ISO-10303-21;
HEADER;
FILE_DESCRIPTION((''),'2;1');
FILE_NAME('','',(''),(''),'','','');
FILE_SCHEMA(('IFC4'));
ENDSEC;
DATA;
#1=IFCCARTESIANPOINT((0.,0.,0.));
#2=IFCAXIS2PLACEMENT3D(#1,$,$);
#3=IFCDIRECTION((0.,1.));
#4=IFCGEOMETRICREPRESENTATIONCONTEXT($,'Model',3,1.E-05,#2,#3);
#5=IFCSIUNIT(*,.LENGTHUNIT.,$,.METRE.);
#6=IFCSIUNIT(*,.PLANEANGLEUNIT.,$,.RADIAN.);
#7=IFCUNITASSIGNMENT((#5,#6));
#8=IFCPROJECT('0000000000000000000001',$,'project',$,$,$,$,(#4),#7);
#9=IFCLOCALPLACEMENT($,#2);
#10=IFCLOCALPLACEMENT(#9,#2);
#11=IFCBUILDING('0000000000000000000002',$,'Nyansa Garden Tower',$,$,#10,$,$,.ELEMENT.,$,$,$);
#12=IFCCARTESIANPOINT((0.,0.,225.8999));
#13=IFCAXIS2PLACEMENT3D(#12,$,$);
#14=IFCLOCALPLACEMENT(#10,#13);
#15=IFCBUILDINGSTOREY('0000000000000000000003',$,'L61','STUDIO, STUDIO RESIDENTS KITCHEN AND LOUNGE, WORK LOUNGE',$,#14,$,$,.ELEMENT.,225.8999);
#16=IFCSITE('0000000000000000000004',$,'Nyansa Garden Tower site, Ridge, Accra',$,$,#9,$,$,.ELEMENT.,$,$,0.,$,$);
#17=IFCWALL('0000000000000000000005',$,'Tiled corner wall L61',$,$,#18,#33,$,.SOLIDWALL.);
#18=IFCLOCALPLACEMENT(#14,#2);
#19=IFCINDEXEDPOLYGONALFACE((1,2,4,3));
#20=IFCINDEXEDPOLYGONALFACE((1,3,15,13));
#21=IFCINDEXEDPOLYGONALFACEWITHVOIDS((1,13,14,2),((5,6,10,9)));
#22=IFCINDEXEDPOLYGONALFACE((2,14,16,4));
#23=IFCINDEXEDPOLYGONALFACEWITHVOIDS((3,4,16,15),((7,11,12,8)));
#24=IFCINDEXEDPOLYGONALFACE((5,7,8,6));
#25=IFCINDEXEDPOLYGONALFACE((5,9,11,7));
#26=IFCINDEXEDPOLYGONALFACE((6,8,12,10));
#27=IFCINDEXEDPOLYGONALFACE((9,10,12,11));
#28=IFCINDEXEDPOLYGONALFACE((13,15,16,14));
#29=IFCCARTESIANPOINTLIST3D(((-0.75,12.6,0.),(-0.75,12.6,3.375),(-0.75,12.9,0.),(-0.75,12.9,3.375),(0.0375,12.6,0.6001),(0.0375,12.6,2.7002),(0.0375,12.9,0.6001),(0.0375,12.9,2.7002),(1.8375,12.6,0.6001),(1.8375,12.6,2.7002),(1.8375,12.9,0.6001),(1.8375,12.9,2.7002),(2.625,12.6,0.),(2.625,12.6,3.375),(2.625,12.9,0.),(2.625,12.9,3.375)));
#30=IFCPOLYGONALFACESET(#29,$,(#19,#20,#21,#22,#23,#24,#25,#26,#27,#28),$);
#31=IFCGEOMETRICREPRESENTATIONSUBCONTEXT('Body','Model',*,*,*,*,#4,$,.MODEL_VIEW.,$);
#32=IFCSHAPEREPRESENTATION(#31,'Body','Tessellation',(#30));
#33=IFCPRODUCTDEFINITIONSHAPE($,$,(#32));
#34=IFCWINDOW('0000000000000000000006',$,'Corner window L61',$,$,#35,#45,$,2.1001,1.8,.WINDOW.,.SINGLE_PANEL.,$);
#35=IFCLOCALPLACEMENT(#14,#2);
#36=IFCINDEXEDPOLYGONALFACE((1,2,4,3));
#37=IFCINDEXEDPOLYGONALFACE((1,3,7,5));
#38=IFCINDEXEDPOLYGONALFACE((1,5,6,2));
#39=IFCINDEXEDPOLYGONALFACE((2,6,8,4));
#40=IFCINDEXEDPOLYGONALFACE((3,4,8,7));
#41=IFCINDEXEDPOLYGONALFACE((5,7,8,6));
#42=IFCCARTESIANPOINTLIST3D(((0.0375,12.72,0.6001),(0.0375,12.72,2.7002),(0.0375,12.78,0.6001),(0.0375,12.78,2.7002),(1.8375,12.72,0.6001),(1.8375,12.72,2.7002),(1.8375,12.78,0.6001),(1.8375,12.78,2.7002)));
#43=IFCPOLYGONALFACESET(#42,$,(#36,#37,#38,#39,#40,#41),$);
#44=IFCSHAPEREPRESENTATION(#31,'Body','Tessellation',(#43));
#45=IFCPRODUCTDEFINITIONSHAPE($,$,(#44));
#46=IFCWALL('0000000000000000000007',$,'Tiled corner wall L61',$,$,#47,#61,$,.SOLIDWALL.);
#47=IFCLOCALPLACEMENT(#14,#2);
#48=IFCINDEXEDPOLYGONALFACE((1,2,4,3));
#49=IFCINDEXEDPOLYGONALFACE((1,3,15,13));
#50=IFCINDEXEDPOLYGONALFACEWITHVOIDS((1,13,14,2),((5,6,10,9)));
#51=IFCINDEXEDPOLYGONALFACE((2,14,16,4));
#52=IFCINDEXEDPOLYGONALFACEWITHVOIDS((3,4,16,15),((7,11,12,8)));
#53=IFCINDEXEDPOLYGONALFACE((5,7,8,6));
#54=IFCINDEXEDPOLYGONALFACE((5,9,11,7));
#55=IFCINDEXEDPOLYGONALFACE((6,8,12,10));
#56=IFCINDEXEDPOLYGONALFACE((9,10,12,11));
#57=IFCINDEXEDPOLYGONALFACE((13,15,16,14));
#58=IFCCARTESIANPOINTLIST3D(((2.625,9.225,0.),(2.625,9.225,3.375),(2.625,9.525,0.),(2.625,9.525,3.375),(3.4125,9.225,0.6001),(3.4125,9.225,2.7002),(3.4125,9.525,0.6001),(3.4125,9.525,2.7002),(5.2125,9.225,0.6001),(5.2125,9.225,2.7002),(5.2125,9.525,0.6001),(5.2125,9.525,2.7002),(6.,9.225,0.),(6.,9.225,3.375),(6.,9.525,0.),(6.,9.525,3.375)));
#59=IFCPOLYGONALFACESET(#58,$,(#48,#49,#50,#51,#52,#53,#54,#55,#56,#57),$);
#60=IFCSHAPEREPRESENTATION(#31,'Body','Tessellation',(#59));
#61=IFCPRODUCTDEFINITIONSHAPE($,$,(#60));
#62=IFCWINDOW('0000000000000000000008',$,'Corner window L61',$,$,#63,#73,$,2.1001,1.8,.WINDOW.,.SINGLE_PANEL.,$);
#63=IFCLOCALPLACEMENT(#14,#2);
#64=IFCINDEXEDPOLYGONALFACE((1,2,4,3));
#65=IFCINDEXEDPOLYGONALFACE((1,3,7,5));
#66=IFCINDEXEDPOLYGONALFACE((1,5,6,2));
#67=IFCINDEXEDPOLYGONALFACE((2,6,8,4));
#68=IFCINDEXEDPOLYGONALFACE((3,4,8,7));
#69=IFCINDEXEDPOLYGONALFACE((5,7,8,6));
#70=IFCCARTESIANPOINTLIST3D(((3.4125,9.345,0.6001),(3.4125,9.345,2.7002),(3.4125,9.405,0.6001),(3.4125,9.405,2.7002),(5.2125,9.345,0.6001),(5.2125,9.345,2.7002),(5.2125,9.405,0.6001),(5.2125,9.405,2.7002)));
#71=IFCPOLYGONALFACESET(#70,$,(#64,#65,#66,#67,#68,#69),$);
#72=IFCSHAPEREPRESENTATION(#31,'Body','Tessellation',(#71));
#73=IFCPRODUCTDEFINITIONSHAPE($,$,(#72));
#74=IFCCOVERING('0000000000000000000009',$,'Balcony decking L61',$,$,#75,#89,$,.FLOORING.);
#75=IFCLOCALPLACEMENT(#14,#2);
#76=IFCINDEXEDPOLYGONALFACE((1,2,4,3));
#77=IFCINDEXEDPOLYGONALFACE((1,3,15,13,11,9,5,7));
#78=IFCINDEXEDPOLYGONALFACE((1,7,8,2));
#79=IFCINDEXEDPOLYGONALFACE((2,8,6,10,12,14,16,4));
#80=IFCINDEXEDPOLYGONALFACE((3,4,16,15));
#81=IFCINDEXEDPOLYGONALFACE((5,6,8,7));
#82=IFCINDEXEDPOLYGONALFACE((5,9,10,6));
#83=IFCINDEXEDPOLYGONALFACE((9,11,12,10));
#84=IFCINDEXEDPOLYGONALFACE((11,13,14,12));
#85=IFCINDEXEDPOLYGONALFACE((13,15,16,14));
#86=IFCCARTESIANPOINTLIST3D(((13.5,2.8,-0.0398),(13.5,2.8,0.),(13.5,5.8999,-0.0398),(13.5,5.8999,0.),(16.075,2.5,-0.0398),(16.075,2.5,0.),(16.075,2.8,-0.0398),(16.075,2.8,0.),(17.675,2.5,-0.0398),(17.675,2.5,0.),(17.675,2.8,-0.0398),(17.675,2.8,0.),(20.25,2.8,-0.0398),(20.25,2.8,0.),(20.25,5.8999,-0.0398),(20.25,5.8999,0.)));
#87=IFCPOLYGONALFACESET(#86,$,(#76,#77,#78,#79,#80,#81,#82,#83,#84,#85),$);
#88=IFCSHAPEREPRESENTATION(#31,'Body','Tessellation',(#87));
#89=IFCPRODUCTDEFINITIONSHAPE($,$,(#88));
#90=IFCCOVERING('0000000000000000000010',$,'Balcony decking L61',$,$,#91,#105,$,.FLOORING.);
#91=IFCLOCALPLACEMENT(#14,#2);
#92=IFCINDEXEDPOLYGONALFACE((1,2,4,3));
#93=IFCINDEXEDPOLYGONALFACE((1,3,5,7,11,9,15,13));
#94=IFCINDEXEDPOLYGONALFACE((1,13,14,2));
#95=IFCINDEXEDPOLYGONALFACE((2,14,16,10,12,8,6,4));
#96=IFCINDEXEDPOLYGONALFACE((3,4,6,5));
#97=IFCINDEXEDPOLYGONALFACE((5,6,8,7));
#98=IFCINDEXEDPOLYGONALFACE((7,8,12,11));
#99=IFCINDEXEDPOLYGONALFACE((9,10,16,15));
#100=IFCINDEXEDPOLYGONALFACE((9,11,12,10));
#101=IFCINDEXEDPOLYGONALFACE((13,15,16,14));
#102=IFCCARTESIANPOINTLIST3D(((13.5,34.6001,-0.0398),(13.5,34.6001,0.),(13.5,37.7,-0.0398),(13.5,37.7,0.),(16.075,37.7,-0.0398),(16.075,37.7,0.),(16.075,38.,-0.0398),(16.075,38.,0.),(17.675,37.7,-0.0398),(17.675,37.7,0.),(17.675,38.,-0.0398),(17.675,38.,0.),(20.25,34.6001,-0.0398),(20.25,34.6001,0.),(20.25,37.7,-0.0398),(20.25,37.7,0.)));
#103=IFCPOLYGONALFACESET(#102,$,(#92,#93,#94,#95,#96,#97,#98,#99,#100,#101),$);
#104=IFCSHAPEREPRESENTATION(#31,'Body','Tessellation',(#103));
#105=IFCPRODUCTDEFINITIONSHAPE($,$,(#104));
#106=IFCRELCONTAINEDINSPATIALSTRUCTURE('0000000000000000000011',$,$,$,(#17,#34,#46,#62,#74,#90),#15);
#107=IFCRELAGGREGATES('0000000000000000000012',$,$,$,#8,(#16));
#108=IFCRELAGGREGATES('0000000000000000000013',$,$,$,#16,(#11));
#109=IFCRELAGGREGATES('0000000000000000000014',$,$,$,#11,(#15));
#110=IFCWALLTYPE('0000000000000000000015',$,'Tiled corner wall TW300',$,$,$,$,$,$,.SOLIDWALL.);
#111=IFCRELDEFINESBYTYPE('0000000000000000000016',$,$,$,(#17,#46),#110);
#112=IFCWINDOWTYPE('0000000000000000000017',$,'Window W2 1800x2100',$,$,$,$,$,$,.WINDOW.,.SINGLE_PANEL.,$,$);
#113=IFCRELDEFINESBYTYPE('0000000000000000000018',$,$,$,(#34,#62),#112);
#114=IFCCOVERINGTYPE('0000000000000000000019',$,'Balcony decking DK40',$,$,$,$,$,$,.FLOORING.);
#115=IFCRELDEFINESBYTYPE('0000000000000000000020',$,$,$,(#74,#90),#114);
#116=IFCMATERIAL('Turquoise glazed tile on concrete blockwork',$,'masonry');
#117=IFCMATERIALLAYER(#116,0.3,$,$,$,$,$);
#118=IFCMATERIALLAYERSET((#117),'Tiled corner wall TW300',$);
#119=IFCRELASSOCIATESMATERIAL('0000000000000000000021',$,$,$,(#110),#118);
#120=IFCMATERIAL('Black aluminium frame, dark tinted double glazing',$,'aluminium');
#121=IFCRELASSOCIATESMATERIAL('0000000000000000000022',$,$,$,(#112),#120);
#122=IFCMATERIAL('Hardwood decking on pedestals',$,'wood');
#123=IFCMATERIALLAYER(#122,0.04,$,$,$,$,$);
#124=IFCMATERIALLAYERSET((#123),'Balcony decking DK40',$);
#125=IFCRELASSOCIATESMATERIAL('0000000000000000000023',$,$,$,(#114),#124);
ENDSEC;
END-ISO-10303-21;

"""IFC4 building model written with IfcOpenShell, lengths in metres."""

from ifc_helpers import new_model, si_unit, direction, frame, frame_2d, origin, place, context, subcontext, project, spatial, polyline, rectangle, outline, extrude, material, layer, layer_set, type_object, element, fill, save


model = new_model("IFC4")

# Units and contexts
model_context = context("Model", 3, precision=1e-05, world=origin(), true_north=direction((0.0, 1.0)))
body_context = subcontext(model_context, "Body", "Model", "MODEL_VIEW")
ifc_project = project(units=[si_unit("LENGTHUNIT", "METRE"), si_unit("PLANEANGLEUNIT", "RADIAN")], contexts=[model_context])

# Site, building, storey
site_placement = place(None, origin())
site = spatial("IfcSite", under=ifc_project, at=site_placement, Name="Nyansa Garden Tower site, Ridge, Accra", CompositionType="ELEMENT", RefElevation=0.0)
building_placement = place(site_placement, origin())
building = spatial("IfcBuilding", under=site, at=building_placement, Name="Nyansa Garden Tower", CompositionType="ELEMENT")
storey_placement = place(building_placement, frame((0.0, 0.0, 225.8999)))
storey = spatial("IfcBuildingStorey", under=building, at=storey_placement, Name="L61", Description="STUDIO, STUDIO RESIDENTS KITCHEN AND LOUNGE, WORK LOUNGE", CompositionType="ELEMENT", Elevation=225.8999)

# Walls, openings, windows
ifc_material_1 = material(Name="Turquoise glazed tile on concrete blockwork", Category="masonry")
ifc_layer_1 = layer(ifc_material_1, 0.3)
ifc_layer_set_1 = layer_set([ifc_layer_1], Name="Tiled corner wall TW300")
wall_type_1 = type_object("IfcWallType", Name="Tiled corner wall TW300", PredefinedType="SOLIDWALL", material=ifc_layer_set_1)
wall_1_placement = place(storey_placement, frame((-0.75, 12.75, 0.0), z_axis=(0.0, 0.0, 1.0), x_axis=(1.0, 0.0, 0.0)))
wall_1 = element("IfcWall", 1, at=wall_1_placement, inside=storey, type_object=wall_type_1, Name="Tiled corner wall L61", PredefinedType="SOLIDWALL", context=body_context, shape_type="SweptSolid", body=[
    extrude(rectangle(XDim=3.375, YDim=0.3, at=frame_2d((1.6875, 0.0))), origin(), (0.0, 0.0, 1.0), 3.375),
])
opening_1_placement = place(wall_1_placement, frame((0.7876, 0.0, 0.6001)))
opening_1 = element("IfcOpeningElement", 2, at=opening_1_placement, cuts=wall_1, PredefinedType="OPENING", context=body_context, shape_type="SweptSolid", body=[
    extrude(rectangle(XDim=1.8, YDim=2.1001, at=frame_2d((0.8999, 1.05))), frame((0.0, 0.1599, 0.0), z_axis=(0.0, -1.0, 0.0), x_axis=(1.0, 0.0, 0.0)), (0.0, 0.0, 1.0), 0.3201),
])
ifc_material_2 = material(Name="Black aluminium frame, dark tinted double glazing", Category="aluminium")
window_type = type_object("IfcWindowType", Name="Window W2 1800x2100", PartitioningType="SINGLE_PANEL", PredefinedType="WINDOW", material=ifc_material_2)
window_1_placement = place(opening_1_placement, origin())
window_1 = element("IfcWindow", 3, at=window_1_placement, inside=storey, type_object=window_type, Name="Corner window L61", OverallHeight=2.1001, OverallWidth=1.8, PartitioningType="SINGLE_PANEL", PredefinedType="WINDOW", context=body_context, shape_type="SweptSolid", body=[
    extrude(rectangle(XDim=1.8, YDim=2.1001, at=frame_2d((0.8999, 1.05))), frame((0.0, 0.03, 0.0), z_axis=(0.0, -1.0, 0.0), x_axis=(1.0, 0.0, 0.0)), (0.0, 0.0, 1.0), 0.0601),
])
fill(opening_1, window_1)
wall_2_placement = place(storey_placement, frame((2.625, 9.375, 0.0), z_axis=(0.0, 0.0, 1.0), x_axis=(1.0, 0.0, 0.0)))
wall_2 = element("IfcWall", 4, at=wall_2_placement, inside=storey, type_object=wall_type_1, Name="Tiled corner wall L61", PredefinedType="SOLIDWALL", context=body_context, shape_type="SweptSolid", body=[
    extrude(rectangle(XDim=3.375, YDim=0.3, at=frame_2d((1.6875, 0.0))), origin(), (0.0, 0.0, 1.0), 3.375),
])
opening_2_placement = place(wall_2_placement, frame((0.7876, 0.0, 0.6001)))
opening_2 = element("IfcOpeningElement", 5, at=opening_2_placement, cuts=wall_2, PredefinedType="OPENING", context=body_context, shape_type="SweptSolid", body=[
    extrude(rectangle(XDim=1.8, YDim=2.1001, at=frame_2d((0.8999, 1.05))), frame((0.0, 0.1599, 0.0), z_axis=(0.0, -1.0, 0.0), x_axis=(1.0, 0.0, 0.0)), (0.0, 0.0, 1.0), 0.3201),
])
window_2_placement = place(opening_2_placement, origin())
window_2 = element("IfcWindow", 6, at=window_2_placement, inside=storey, type_object=window_type, Name="Corner window L61", OverallHeight=2.1001, OverallWidth=1.8, PartitioningType="SINGLE_PANEL", PredefinedType="WINDOW", context=body_context, shape_type="SweptSolid", body=[
    extrude(rectangle(XDim=1.8, YDim=2.1001, at=frame_2d((0.8999, 1.05))), frame((0.0, 0.03, 0.0), z_axis=(0.0, -1.0, 0.0), x_axis=(1.0, 0.0, 0.0)), (0.0, 0.0, 1.0), 0.0601),
])
fill(opening_2, window_2)

# Coverings
ifc_material_3 = material(Name="Hardwood decking on pedestals", Category="wood")
ifc_layer_2 = layer(ifc_material_3, 0.04)
ifc_layer_set_2 = layer_set([ifc_layer_2], Name="Balcony decking DK40")
covering_type = type_object("IfcCoveringType", Name="Balcony decking DK40", PredefinedType="FLOORING", material=ifc_layer_set_2)
covering_1_placement = place(storey_placement, frame((0.0, 0.0, -0.0398)))
element("IfcCovering", 7, at=covering_1_placement, inside=storey, type_object=covering_type, Name="Balcony decking L61", PredefinedType="FLOORING", context=body_context, shape_type="SweptSolid", body=[
    extrude(outline(polyline([(13.5, 5.8999), (20.25, 5.8999), (20.25, 2.8), (17.675, 2.8), (17.675, 2.5), (16.075, 2.5), (16.075, 2.8), (13.5, 2.8), (13.5, 5.8999)])), origin(), (0.0, 0.0, 1.0), 0.0398),
])
covering_2_placement = place(storey_placement, frame((0.0, 0.0, -0.0398)))
element("IfcCovering", 8, at=covering_2_placement, inside=storey, type_object=covering_type, Name="Balcony decking L61", PredefinedType="FLOORING", context=body_context, shape_type="SweptSolid", body=[
    extrude(outline(polyline([(13.5, 34.6001), (20.25, 34.6001), (20.25, 37.7), (17.675, 37.7), (17.675, 38.0), (16.075, 38.0), (16.075, 37.7), (13.5, 37.7), (13.5, 34.6001)])), origin(), (0.0, 0.0, 1.0), 0.0398),
])

save(model, "model.ifc")
